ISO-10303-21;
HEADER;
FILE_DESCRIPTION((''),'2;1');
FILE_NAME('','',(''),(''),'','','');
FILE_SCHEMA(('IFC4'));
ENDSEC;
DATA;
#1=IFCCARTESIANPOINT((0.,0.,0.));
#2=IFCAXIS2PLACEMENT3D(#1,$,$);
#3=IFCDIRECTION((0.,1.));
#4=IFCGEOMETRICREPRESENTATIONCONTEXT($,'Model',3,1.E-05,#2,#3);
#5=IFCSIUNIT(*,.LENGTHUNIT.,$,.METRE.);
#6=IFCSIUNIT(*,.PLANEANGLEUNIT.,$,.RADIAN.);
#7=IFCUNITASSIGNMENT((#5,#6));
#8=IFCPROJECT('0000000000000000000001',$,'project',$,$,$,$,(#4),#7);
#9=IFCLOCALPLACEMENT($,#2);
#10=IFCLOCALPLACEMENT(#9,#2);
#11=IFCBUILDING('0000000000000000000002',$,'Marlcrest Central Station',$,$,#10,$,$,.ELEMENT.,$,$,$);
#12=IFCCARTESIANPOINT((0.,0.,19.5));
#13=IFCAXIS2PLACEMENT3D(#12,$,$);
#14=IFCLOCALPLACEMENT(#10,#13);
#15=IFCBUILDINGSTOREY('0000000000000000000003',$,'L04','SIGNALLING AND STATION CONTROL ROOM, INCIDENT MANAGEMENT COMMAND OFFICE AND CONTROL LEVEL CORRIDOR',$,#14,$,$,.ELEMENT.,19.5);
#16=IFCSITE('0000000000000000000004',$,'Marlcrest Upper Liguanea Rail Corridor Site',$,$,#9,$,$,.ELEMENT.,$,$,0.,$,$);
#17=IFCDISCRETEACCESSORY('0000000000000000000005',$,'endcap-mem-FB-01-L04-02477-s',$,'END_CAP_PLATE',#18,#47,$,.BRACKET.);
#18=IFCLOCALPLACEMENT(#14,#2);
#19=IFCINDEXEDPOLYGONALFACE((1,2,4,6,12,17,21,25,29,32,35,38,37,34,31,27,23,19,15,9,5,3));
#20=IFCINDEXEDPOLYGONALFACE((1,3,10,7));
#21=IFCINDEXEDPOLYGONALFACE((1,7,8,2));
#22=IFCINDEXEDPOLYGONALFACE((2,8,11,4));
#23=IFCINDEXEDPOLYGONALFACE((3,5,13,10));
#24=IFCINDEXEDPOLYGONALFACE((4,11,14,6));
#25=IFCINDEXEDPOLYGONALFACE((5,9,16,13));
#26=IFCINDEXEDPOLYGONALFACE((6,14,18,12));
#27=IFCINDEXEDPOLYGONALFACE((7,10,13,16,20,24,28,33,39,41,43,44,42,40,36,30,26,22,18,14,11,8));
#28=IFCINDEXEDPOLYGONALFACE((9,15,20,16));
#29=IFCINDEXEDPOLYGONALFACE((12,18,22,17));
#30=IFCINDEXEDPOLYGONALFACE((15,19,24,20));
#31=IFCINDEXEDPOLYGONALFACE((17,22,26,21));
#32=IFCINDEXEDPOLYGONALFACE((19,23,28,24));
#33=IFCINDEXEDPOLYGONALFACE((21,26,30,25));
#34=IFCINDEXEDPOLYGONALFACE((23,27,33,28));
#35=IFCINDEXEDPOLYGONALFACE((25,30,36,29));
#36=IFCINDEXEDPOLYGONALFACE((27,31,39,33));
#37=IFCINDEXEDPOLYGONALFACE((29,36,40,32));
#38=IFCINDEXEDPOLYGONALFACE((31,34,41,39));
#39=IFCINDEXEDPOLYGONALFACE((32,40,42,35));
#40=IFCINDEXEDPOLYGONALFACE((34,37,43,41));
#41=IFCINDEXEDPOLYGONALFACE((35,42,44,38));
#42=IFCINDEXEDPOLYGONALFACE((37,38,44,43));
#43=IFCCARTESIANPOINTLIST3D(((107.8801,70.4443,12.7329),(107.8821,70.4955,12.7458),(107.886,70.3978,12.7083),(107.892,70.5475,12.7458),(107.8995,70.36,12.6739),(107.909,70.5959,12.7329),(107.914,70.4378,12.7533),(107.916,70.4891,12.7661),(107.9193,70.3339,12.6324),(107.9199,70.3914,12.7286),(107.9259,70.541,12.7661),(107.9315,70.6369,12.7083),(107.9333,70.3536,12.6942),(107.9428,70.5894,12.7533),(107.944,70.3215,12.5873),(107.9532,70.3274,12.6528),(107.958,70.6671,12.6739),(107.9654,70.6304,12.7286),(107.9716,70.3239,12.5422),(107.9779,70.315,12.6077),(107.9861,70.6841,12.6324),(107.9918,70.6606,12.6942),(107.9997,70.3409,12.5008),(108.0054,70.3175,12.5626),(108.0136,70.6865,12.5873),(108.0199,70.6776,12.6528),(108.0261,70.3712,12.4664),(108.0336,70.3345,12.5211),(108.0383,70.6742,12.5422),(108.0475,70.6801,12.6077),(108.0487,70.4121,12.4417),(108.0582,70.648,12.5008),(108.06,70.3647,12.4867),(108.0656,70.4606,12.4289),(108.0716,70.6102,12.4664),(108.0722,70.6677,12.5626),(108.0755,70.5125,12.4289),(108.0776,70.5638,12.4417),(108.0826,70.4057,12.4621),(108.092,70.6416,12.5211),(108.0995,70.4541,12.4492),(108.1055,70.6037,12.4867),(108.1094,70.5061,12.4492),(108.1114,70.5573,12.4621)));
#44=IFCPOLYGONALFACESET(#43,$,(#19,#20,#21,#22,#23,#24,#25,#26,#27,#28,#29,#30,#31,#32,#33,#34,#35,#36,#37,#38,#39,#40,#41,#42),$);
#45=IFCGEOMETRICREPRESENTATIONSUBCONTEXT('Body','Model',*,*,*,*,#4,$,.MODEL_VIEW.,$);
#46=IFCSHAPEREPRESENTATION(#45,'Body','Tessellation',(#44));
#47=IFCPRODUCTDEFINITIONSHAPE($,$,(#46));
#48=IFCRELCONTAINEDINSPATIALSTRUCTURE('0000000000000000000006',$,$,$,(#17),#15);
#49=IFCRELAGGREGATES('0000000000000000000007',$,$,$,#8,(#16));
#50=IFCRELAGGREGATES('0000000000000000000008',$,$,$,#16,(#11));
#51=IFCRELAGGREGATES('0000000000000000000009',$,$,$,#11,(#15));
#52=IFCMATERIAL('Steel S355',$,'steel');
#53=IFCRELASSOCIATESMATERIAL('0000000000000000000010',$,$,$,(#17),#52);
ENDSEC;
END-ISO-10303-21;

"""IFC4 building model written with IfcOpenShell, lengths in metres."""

from ifc_helpers import new_model, si_unit, direction, frame, origin, origin_2d, place, context, subcontext, project, spatial, circle, extrude, material, element, save


model = new_model("IFC4")

# Units and contexts
model_context = context("Model", 3, precision=1e-05, world=origin(), true_north=direction((0.0, 1.0)))
body_context = subcontext(model_context, "Body", "Model", "MODEL_VIEW")
ifc_project = project(units=[si_unit("LENGTHUNIT", "METRE"), si_unit("PLANEANGLEUNIT", "RADIAN")], contexts=[model_context])

# Site, building, storey
site_placement = place(None, origin())
site = spatial("IfcSite", under=ifc_project, at=site_placement, Name="Marlcrest Upper Liguanea Rail Corridor Site", CompositionType="ELEMENT", RefElevation=0.0)
building_placement = place(site_placement, origin())
building = spatial("IfcBuilding", under=site, at=building_placement, Name="Marlcrest Central Station", CompositionType="ELEMENT")
storey_placement = place(building_placement, frame((0.0, 0.0, 19.5)))
storey = spatial("IfcBuildingStorey", under=building, at=storey_placement, Name="L04", Description="SIGNALLING AND STATION CONTROL ROOM, INCIDENT MANAGEMENT COMMAND OFFICE AND CONTROL LEVEL CORRIDOR", CompositionType="ELEMENT", Elevation=19.5)

# Discrete accessory
ifc_material_1 = material(Name="Steel S355", Category="steel")
discrete_accessory_1_placement = place(storey_placement, frame((108.0127, 70.4976, 12.6077), z_axis=(-0.846277, 0.161196, -0.50777), x_axis=(-0.187112, -0.982339, 0.0)))
element("IfcDiscreteAccessory", 1, at=discrete_accessory_1_placement, inside=storey, material=ifc_material_1, Name="endcap-mem-FB-01-L04-02477-s", ObjectType="END_CAP_PLATE", PredefinedType="BRACKET", context=body_context, shape_type="SweptSolid", body=[
    extrude(circle(Radius=0.1858, at=origin_2d()), origin(), (0.0, 0.0, 1.0), 0.04),
])

save(model, "model.ifc")
